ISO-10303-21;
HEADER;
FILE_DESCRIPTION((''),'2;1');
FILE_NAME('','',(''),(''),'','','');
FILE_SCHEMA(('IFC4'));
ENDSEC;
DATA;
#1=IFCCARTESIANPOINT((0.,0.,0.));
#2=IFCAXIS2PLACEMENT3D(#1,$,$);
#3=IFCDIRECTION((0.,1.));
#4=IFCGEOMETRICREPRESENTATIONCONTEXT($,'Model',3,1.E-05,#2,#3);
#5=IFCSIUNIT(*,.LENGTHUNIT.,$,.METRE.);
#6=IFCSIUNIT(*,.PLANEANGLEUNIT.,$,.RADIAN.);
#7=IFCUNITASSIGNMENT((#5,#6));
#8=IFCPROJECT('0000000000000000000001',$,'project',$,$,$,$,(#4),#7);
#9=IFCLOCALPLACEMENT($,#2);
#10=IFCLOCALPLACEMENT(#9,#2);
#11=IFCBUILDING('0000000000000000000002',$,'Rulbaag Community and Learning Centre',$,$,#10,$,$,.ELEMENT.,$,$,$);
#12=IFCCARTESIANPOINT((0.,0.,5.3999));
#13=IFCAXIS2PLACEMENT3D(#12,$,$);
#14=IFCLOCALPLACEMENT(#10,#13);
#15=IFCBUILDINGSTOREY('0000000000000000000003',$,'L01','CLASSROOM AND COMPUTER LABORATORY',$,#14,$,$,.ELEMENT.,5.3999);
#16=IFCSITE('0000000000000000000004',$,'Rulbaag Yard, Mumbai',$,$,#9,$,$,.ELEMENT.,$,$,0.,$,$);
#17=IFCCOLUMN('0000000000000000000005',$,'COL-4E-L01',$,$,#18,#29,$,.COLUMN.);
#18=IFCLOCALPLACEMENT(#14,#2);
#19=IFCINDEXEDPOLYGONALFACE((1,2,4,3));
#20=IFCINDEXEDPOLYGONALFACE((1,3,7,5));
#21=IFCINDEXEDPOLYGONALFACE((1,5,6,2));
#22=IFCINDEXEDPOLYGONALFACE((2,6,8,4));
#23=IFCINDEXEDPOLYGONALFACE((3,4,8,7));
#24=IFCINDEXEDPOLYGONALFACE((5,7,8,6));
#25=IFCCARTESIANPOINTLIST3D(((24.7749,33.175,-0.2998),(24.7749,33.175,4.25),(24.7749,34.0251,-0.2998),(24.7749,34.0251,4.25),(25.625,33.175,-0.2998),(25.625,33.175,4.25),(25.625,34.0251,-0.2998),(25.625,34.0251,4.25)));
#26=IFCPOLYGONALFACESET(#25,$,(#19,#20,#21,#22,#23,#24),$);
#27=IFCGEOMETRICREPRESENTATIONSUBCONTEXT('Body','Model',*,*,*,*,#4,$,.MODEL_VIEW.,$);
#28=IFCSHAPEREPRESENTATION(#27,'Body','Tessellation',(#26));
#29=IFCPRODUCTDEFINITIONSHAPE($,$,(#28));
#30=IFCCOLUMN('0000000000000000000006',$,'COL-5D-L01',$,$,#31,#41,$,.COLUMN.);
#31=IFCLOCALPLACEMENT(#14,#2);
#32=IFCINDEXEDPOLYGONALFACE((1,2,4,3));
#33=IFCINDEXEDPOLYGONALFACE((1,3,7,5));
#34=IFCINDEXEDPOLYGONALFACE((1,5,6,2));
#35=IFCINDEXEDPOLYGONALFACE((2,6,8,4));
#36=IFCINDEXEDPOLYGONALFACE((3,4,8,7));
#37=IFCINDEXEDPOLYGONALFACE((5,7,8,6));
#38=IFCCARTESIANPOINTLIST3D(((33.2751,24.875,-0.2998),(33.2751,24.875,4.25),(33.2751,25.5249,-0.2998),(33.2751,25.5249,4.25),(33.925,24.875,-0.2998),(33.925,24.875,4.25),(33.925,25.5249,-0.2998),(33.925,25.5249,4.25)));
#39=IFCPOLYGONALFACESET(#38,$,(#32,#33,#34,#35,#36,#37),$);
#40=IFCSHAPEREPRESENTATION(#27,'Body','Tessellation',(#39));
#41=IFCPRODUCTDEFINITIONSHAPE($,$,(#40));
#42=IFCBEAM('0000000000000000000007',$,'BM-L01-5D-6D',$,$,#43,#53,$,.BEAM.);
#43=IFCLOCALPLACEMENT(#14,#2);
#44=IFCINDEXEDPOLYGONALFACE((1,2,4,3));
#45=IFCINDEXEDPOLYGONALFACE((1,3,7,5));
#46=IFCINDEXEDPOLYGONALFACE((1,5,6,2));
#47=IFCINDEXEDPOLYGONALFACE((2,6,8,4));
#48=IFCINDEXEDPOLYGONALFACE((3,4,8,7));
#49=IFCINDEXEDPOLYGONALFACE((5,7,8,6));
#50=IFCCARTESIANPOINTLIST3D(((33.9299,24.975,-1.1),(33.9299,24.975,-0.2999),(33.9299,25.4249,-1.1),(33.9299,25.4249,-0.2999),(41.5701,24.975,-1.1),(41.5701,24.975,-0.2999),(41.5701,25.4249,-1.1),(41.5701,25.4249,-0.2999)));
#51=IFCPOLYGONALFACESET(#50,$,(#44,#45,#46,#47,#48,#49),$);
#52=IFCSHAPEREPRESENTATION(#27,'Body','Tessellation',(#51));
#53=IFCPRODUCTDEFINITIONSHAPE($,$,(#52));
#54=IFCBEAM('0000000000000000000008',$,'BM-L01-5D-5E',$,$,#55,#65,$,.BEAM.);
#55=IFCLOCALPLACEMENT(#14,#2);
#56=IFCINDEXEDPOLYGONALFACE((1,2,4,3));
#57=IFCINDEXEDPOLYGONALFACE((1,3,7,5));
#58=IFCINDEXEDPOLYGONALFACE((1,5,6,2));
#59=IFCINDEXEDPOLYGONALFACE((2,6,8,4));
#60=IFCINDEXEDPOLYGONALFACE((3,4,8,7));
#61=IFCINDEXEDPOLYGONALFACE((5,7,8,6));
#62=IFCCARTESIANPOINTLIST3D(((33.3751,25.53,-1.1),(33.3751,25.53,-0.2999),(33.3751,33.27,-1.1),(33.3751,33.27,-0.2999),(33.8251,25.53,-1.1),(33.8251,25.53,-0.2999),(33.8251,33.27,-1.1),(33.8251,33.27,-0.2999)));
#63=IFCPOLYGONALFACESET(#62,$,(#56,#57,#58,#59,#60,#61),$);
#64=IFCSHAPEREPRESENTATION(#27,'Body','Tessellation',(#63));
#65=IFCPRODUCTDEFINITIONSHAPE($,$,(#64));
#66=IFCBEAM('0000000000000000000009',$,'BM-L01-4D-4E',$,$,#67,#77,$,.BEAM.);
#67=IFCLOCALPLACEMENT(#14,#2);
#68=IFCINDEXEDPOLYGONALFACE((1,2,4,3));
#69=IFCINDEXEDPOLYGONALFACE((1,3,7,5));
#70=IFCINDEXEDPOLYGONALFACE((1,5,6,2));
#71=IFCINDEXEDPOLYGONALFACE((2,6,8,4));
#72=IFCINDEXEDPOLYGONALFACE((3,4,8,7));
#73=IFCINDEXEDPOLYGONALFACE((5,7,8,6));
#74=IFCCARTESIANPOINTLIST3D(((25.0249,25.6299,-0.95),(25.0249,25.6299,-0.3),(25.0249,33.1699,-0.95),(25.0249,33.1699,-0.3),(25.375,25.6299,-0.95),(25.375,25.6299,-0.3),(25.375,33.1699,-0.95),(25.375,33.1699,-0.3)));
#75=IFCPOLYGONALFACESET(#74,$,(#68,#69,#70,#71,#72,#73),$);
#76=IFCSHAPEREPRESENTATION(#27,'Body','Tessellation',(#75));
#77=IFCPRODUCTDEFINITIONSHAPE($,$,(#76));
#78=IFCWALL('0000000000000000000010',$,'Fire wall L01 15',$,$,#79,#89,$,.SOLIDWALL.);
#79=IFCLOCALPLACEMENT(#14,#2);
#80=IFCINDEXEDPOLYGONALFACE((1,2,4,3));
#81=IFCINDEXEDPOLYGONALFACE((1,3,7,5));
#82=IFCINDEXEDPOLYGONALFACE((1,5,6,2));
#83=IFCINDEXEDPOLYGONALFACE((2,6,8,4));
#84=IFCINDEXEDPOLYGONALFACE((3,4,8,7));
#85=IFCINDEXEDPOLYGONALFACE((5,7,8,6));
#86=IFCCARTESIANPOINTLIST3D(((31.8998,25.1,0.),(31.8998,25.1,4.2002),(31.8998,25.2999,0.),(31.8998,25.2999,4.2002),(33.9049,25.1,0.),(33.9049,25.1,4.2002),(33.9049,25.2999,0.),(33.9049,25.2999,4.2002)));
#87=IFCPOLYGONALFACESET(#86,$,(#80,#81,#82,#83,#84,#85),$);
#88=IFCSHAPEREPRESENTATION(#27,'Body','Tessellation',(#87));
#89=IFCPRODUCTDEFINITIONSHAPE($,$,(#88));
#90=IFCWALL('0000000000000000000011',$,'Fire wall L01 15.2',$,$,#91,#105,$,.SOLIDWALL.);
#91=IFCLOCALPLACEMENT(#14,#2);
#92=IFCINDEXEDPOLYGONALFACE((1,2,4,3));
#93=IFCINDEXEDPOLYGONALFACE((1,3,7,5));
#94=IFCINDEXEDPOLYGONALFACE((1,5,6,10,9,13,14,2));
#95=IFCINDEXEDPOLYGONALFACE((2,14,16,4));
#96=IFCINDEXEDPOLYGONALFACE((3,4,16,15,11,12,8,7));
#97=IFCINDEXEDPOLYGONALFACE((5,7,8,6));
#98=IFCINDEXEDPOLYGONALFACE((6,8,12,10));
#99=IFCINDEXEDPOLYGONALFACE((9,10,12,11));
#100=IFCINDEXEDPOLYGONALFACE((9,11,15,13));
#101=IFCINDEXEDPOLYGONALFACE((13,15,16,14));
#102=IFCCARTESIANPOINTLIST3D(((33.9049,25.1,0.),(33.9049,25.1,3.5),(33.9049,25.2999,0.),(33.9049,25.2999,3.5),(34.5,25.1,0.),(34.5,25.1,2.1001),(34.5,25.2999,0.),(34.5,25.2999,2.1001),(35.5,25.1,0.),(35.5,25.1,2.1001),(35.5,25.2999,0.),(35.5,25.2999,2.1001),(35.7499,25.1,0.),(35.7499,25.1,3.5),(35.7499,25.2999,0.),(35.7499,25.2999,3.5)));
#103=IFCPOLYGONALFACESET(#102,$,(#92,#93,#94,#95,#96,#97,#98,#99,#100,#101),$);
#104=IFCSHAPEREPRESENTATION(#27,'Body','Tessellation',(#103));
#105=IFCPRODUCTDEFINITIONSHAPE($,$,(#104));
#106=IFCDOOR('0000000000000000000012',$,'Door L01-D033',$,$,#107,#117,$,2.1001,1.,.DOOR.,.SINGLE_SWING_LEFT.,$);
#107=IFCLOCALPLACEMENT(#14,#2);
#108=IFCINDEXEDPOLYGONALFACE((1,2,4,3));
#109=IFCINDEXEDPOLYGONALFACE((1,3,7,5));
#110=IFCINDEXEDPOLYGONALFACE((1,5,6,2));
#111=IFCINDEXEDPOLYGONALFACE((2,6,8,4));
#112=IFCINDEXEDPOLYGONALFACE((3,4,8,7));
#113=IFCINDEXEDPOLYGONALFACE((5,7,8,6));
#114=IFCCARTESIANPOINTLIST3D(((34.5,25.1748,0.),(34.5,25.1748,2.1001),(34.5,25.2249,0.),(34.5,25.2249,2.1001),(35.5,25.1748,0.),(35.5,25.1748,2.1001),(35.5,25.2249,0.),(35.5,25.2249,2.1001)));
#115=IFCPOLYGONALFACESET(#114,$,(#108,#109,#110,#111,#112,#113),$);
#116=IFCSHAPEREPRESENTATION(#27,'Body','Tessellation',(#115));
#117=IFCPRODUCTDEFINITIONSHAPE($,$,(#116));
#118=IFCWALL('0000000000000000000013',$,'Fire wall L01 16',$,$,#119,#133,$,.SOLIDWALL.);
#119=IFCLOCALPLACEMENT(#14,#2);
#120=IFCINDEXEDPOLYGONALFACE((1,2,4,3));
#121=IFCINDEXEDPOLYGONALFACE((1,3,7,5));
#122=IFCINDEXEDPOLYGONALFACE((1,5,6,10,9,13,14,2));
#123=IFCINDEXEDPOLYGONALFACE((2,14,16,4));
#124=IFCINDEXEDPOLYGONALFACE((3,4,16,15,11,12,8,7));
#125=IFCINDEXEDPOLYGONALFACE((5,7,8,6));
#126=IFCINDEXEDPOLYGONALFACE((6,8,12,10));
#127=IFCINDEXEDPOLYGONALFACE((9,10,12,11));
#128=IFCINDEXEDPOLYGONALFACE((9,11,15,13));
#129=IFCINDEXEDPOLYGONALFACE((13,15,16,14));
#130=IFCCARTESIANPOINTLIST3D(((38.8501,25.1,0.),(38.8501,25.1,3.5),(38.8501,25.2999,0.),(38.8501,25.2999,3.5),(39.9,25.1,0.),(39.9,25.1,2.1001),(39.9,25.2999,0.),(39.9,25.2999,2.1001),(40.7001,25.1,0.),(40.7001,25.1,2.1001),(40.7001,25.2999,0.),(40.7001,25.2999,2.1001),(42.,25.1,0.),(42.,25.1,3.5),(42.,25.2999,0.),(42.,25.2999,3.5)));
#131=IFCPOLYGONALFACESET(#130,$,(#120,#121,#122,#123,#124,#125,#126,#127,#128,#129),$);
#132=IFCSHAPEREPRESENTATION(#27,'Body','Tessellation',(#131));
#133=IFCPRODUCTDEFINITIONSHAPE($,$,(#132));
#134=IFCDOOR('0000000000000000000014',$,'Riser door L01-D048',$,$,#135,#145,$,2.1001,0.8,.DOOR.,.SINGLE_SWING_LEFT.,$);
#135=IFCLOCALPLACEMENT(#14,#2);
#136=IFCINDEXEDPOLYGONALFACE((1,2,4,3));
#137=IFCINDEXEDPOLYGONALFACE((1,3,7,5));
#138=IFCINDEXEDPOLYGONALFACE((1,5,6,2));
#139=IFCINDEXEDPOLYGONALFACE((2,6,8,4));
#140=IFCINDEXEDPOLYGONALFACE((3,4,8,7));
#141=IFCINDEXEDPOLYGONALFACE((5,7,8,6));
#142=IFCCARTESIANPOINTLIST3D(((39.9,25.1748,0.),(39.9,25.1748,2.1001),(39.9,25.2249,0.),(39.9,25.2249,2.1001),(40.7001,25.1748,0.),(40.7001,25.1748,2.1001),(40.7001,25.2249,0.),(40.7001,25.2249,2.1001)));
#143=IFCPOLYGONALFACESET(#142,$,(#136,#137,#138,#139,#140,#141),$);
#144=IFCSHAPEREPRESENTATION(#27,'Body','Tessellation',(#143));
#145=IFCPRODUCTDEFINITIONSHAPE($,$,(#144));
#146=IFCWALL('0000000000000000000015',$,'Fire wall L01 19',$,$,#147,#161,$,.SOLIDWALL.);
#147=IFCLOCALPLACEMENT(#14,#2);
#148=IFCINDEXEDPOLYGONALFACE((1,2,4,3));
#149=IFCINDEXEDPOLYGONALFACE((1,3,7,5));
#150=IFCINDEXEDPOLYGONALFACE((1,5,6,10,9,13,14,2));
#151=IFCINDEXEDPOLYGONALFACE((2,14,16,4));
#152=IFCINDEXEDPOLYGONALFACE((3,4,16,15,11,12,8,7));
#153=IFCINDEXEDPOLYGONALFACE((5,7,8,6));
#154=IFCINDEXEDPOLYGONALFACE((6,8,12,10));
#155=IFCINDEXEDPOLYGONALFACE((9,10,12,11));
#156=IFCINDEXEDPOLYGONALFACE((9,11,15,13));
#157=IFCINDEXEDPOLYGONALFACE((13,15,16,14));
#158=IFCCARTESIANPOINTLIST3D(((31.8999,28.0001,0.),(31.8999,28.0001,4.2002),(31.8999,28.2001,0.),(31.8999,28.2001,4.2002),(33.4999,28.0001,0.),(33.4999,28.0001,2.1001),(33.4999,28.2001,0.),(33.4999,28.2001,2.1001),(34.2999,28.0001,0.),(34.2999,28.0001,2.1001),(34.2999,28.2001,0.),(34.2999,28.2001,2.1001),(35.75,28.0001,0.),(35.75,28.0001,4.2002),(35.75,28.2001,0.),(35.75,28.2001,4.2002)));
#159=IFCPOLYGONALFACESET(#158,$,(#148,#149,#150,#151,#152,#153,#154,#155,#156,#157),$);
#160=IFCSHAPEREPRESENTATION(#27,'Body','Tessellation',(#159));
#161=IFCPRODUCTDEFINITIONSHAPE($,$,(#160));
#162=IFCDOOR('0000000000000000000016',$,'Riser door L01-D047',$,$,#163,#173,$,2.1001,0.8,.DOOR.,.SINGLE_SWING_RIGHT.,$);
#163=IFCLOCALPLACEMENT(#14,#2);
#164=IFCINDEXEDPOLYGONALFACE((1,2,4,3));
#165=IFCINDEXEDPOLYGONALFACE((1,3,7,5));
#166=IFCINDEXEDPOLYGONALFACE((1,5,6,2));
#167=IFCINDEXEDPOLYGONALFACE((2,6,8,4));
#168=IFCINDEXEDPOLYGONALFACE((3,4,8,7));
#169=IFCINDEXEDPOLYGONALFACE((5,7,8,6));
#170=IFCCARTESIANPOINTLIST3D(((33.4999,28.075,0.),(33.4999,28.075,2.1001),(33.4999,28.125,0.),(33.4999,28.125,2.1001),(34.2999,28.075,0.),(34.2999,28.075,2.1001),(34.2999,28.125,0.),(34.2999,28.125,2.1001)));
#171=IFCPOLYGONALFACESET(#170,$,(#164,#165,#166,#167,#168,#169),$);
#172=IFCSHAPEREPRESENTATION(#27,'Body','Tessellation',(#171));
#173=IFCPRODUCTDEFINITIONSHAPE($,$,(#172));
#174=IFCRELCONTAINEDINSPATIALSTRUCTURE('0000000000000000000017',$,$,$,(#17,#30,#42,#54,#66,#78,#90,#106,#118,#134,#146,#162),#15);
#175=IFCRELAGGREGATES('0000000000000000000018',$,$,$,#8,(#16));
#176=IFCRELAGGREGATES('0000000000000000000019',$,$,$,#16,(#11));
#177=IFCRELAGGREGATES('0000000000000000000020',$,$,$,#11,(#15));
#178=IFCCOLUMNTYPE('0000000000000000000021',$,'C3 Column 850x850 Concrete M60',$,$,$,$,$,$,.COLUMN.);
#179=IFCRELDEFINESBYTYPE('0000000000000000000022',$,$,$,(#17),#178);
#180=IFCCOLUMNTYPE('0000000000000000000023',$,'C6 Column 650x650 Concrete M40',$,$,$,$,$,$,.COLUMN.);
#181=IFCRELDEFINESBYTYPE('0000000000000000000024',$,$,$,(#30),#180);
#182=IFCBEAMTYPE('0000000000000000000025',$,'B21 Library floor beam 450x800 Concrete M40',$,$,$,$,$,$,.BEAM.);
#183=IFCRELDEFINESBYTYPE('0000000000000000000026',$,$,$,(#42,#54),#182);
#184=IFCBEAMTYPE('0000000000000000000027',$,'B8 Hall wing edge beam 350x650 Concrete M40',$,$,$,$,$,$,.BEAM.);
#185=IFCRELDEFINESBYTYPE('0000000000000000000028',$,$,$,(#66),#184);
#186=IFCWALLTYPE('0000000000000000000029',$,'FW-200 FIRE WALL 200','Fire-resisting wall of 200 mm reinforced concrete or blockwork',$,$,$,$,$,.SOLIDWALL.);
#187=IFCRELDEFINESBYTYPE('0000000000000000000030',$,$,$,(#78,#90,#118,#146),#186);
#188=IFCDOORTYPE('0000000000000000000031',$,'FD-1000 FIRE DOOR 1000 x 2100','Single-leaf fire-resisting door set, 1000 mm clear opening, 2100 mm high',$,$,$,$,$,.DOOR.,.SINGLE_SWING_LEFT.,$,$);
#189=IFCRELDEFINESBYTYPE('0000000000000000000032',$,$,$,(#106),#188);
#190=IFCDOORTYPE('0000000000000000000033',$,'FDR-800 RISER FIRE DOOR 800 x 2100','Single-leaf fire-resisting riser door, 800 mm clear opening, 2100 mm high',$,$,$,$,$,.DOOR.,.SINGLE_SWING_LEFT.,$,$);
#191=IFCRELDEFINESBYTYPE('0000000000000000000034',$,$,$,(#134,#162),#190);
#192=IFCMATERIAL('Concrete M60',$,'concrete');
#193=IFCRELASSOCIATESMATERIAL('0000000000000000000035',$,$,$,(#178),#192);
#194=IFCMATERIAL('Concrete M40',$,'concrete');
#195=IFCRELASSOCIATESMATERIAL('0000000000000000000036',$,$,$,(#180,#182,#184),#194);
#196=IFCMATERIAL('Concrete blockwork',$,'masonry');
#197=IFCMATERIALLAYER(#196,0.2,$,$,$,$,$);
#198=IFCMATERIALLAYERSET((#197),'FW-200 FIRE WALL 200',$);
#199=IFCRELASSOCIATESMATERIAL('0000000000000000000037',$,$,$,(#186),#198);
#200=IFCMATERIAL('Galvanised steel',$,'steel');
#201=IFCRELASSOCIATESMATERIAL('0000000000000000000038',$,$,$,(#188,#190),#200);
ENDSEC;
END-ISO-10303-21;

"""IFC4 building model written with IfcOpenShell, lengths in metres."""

from ifc_helpers import new_model, si_unit, direction, frame, frame_2d, origin, origin_2d, place, context, subcontext, project, spatial, rectangle, extrude, material, layer, layer_set, material_profile, profile_set, type_object, element, fill, save


model = new_model("IFC4")

# Units and contexts
model_context = context("Model", 3, precision=1e-05, world=origin(), true_north=direction((0.0, 1.0)))
body_context = subcontext(model_context, "Body", "Model", "MODEL_VIEW")
ifc_project = project(units=[si_unit("LENGTHUNIT", "METRE"), si_unit("PLANEANGLEUNIT", "RADIAN")], contexts=[model_context])

# Site, building, storey
site_placement = place(None, origin())
site = spatial("IfcSite", under=ifc_project, at=site_placement, Name="Rulbaag Yard, Mumbai", CompositionType="ELEMENT", RefElevation=0.0)
building_placement = place(site_placement, origin())
building = spatial("IfcBuilding", under=site, at=building_placement, Name="Rulbaag Community and Learning Centre", CompositionType="ELEMENT")
storey_placement = place(building_placement, frame((0.0, 0.0, 5.3999)))
storey = spatial("IfcBuildingStorey", under=building, at=storey_placement, Name="L01", Description="CLASSROOM AND COMPUTER LABORATORY", CompositionType="ELEMENT", Elevation=5.3999)

# Columns
ifc_material_1 = material(Name="Concrete M60", Category="concrete")
ifc_material_profile_1 = material_profile(ifc_material_1, rectangle(XDim=0.8501, YDim=0.8501, at=origin_2d()), Name="RC850x850")
ifc_profile_set_1 = profile_set([ifc_material_profile_1], Name="Concrete M60")
column_type_1 = type_object("IfcColumnType", Name="C3 Column 850x850 Concrete M60", PredefinedType="COLUMN", material=ifc_profile_set_1)
column_1_placement = place(storey_placement, frame((25.2, 33.6001, -0.2998), z_axis=(0.0, 0.0, 1.0), x_axis=(1.0, 0.0, 0.0)))
element("IfcColumn", 1, at=column_1_placement, inside=storey, type_object=column_type_1, Name="COL-4E-L01", PredefinedType="COLUMN", context=body_context, shape_type="SweptSolid", body=[
    extrude(rectangle(XDim=0.8501, YDim=0.8501, at=origin_2d()), origin(), (0.0, 0.0, 1.0), 4.5498),
])
ifc_material_2 = material(Name="Concrete M40", Category="concrete")
ifc_material_profile_2 = material_profile(ifc_material_2, rectangle(XDim=0.6499, YDim=0.6499, at=origin_2d()), Name="RC650x650")
ifc_profile_set_2 = profile_set([ifc_material_profile_2], Name="Concrete M40")
column_type_2 = type_object("IfcColumnType", Name="C6 Column 650x650 Concrete M40", PredefinedType="COLUMN", material=ifc_profile_set_2)
column_2_placement = place(storey_placement, frame((33.6001, 25.2, -0.2998), z_axis=(0.0, 0.0, 1.0), x_axis=(1.0, 0.0, 0.0)))
element("IfcColumn", 2, at=column_2_placement, inside=storey, type_object=column_type_2, Name="COL-5D-L01", PredefinedType="COLUMN", context=body_context, shape_type="SweptSolid", body=[
    extrude(rectangle(XDim=0.6499, YDim=0.6499, at=origin_2d()), origin(), (0.0, 0.0, 1.0), 4.5498),
])

# Beams
ifc_material_profile_3 = material_profile(ifc_material_2, rectangle(XDim=0.45, YDim=0.8, at=origin_2d()), Name="RB450x800")
ifc_profile_set_3 = profile_set([ifc_material_profile_3], Name="Concrete M40")
beam_type_1 = type_object("IfcBeamType", Name="B21 Library floor beam 450x800 Concrete M40", PredefinedType="BEAM", material=ifc_profile_set_3)
beam_1_placement = place(storey_placement, frame((33.9299, 25.2, -0.7), z_axis=(1.0, 0.0, 0.0), x_axis=(0.0, 1.0, 0.0)))
element("IfcBeam", 3, at=beam_1_placement, inside=storey, type_object=beam_type_1, Name="BM-L01-5D-6D", PredefinedType="BEAM", context=body_context, shape_type="SweptSolid", body=[
    extrude(rectangle(XDim=0.45, YDim=0.8, at=origin_2d()), origin(), (0.0, 0.0, 1.0), 7.6401),
])
beam_2_placement = place(storey_placement, frame((33.6001, 25.53, -0.7), z_axis=(0.0, 1.0, 0.0), x_axis=(-1.0, 0.0, 0.0)))
element("IfcBeam", 4, at=beam_2_placement, inside=storey, type_object=beam_type_1, Name="BM-L01-5D-5E", PredefinedType="BEAM", context=body_context, shape_type="SweptSolid", body=[
    extrude(rectangle(XDim=0.45, YDim=0.8, at=origin_2d()), origin(), (0.0, 0.0, 1.0), 7.74),
])
ifc_material_profile_4 = material_profile(ifc_material_2, rectangle(XDim=0.3501, YDim=0.6499, at=origin_2d()), Name="RB350x650")
ifc_profile_set_4 = profile_set([ifc_material_profile_4], Name="Concrete M40")
beam_type_2 = type_object("IfcBeamType", Name="B8 Hall wing edge beam 350x650 Concrete M40", PredefinedType="BEAM", material=ifc_profile_set_4)
beam_3_placement = place(storey_placement, frame((25.2, 25.6299, -0.625), z_axis=(0.0, 1.0, 0.0), x_axis=(-1.0, 0.0, 0.0)))
element("IfcBeam", 5, at=beam_3_placement, inside=storey, type_object=beam_type_2, Name="BM-L01-4D-4E", PredefinedType="BEAM", context=body_context, shape_type="SweptSolid", body=[
    extrude(rectangle(XDim=0.3501, YDim=0.6499, at=origin_2d()), origin(), (0.0, 0.0, 1.0), 7.54),
])

# Wall
ifc_material_3 = material(Name="Concrete blockwork", Category="masonry")
ifc_layer_1 = layer(ifc_material_3, 0.2)
ifc_layer_set_1 = layer_set([ifc_layer_1], Name="FW-200 FIRE WALL 200")
wall_type_1 = type_object("IfcWallType", Name="FW-200 FIRE WALL 200", Description="Fire-resisting wall of 200 mm reinforced concrete or blockwork", PredefinedType="SOLIDWALL", material=ifc_layer_set_1)
wall_1_placement = place(storey_placement, frame((31.8999, 25.2, 0.0), z_axis=(0.0, 0.0, 1.0), x_axis=(1.0, 0.0, 0.0)))
element("IfcWall", 6, at=wall_1_placement, inside=storey, type_object=wall_type_1, Name="Fire wall L01 15", PredefinedType="SOLIDWALL", context=body_context, shape_type="SweptSolid", body=[
    extrude(rectangle(XDim=2.0051, YDim=0.2, at=frame_2d((1.0024, 0.0))), origin(), (0.0, 0.0, 1.0), 4.2002),
])

# Walls, openings, doors
wall_2_placement = place(storey_placement, frame((33.905, 25.2, 0.0), z_axis=(0.0, 0.0, 1.0), x_axis=(1.0, 0.0, 0.0)))
wall_2 = element("IfcWall", 7, at=wall_2_placement, inside=storey, type_object=wall_type_1, Name="Fire wall L01 15.2", PredefinedType="SOLIDWALL", context=body_context, shape_type="SweptSolid", body=[
    extrude(rectangle(XDim=1.845, YDim=0.2, at=frame_2d((0.9224, 0.0))), origin(), (0.0, 0.0, 1.0), 3.5),
])
opening_1_placement = place(wall_2_placement, frame((0.595, 0.0, 0.0)))
opening_1 = element("IfcOpeningElement", 8, at=opening_1_placement, cuts=wall_2, PredefinedType="OPENING", context=body_context, shape_type="SweptSolid", body=[
    extrude(rectangle(XDim=1.0, YDim=2.1001, at=frame_2d((0.5, 1.05))), frame((0.0, 0.1099, 0.0), z_axis=(0.0, -1.0, 0.0), x_axis=(1.0, 0.0, 0.0)), (0.0, 0.0, 1.0), 0.22),
])
ifc_material_4 = material(Name="Galvanised steel", Category="steel")
door_type_1 = type_object("IfcDoorType", Name="FD-1000 FIRE DOOR 1000 x 2100", Description="Single-leaf fire-resisting door set, 1000 mm clear opening, 2100 mm high", OperationType="SINGLE_SWING_LEFT", PredefinedType="DOOR", material=ifc_material_4)
door_1_placement = place(opening_1_placement, origin())
door_1 = element("IfcDoor", 9, at=door_1_placement, inside=storey, type_object=door_type_1, Name="Door L01-D033", OperationType="SINGLE_SWING_LEFT", OverallHeight=2.1001, OverallWidth=1.0, PredefinedType="DOOR", context=body_context, shape_type="SweptSolid", body=[
    extrude(rectangle(XDim=1.0, YDim=2.1001, at=frame_2d((0.5, 1.05))), frame((0.0, 0.0249, 0.0), z_axis=(0.0, -1.0, 0.0), x_axis=(1.0, 0.0, 0.0)), (0.0, 0.0, 1.0), 0.05),
])
fill(opening_1, door_1)
wall_3_placement = place(storey_placement, frame((38.8501, 25.2, 0.0), z_axis=(0.0, 0.0, 1.0), x_axis=(1.0, 0.0, 0.0)))
wall_3 = element("IfcWall", 10, at=wall_3_placement, inside=storey, type_object=wall_type_1, Name="Fire wall L01 16", PredefinedType="SOLIDWALL", context=body_context, shape_type="SweptSolid", body=[
    extrude(rectangle(XDim=3.1499, YDim=0.2, at=frame_2d((1.575, 0.0))), origin(), (0.0, 0.0, 1.0), 3.5),
])
opening_2_placement = place(wall_3_placement, frame((1.05, 0.0, 0.0)))
opening_2 = element("IfcOpeningElement", 11, at=opening_2_placement, cuts=wall_3, PredefinedType="OPENING", context=body_context, shape_type="SweptSolid", body=[
    extrude(rectangle(XDim=0.8, YDim=2.1001, at=frame_2d((0.3999, 1.05))), frame((0.0, 0.1099, 0.0), z_axis=(0.0, -1.0, 0.0), x_axis=(1.0, 0.0, 0.0)), (0.0, 0.0, 1.0), 0.22),
])
door_type_2 = type_object("IfcDoorType", Name="FDR-800 RISER FIRE DOOR 800 x 2100", Description="Single-leaf fire-resisting riser door, 800 mm clear opening, 2100 mm high", OperationType="SINGLE_SWING_LEFT", PredefinedType="DOOR", material=ifc_material_4)
door_2_placement = place(opening_2_placement, origin())
door_2 = element("IfcDoor", 12, at=door_2_placement, inside=storey, type_object=door_type_2, Name="Riser door L01-D048", OperationType="SINGLE_SWING_LEFT", OverallHeight=2.1001, OverallWidth=0.8, PredefinedType="DOOR", context=body_context, shape_type="SweptSolid", body=[
    extrude(rectangle(XDim=0.8, YDim=2.1001, at=frame_2d((0.3999, 1.05))), frame((0.0, 0.0249, 0.0), z_axis=(0.0, -1.0, 0.0), x_axis=(1.0, 0.0, 0.0)), (0.0, 0.0, 1.0), 0.05),
])
fill(opening_2, door_2)
wall_4_placement = place(storey_placement, frame((31.8999, 28.1001, 0.0), z_axis=(0.0, 0.0, 1.0), x_axis=(1.0, 0.0, 0.0)))
wall_4 = element("IfcWall", 13, at=wall_4_placement, inside=storey, type_object=wall_type_1, Name="Fire wall L01 19", PredefinedType="SOLIDWALL", context=body_context, shape_type="SweptSolid", body=[
    extrude(rectangle(XDim=3.8501, YDim=0.2, at=frame_2d((1.925, 0.0))), origin(), (0.0, 0.0, 1.0), 4.2002),
])
opening_3_placement = place(wall_4_placement, frame((1.6001, 0.0, 0.0)))
opening_3 = element("IfcOpeningElement", 14, at=opening_3_placement, cuts=wall_4, PredefinedType="OPENING", context=body_context, shape_type="SweptSolid", body=[
    extrude(rectangle(XDim=0.8, YDim=2.1001, at=frame_2d((0.3999, 1.05))), frame((0.0, 0.1099, 0.0), z_axis=(0.0, -1.0, 0.0), x_axis=(1.0, 0.0, 0.0)), (0.0, 0.0, 1.0), 0.22),
])
door_3_placement = place(opening_3_placement, origin())
door_3 = element("IfcDoor", 15, at=door_3_placement, inside=storey, type_object=door_type_2, Name="Riser door L01-D047", OperationType="SINGLE_SWING_RIGHT", OverallHeight=2.1001, OverallWidth=0.8, PredefinedType="DOOR", context=body_context, shape_type="SweptSolid", body=[
    extrude(rectangle(XDim=0.8, YDim=2.1001, at=frame_2d((0.3999, 1.05))), frame((0.0, 0.0249, 0.0), z_axis=(0.0, -1.0, 0.0), x_axis=(1.0, 0.0, 0.0)), (0.0, 0.0, 1.0), 0.05),
])
fill(opening_3, door_3)

save(model, "model.ifc")
